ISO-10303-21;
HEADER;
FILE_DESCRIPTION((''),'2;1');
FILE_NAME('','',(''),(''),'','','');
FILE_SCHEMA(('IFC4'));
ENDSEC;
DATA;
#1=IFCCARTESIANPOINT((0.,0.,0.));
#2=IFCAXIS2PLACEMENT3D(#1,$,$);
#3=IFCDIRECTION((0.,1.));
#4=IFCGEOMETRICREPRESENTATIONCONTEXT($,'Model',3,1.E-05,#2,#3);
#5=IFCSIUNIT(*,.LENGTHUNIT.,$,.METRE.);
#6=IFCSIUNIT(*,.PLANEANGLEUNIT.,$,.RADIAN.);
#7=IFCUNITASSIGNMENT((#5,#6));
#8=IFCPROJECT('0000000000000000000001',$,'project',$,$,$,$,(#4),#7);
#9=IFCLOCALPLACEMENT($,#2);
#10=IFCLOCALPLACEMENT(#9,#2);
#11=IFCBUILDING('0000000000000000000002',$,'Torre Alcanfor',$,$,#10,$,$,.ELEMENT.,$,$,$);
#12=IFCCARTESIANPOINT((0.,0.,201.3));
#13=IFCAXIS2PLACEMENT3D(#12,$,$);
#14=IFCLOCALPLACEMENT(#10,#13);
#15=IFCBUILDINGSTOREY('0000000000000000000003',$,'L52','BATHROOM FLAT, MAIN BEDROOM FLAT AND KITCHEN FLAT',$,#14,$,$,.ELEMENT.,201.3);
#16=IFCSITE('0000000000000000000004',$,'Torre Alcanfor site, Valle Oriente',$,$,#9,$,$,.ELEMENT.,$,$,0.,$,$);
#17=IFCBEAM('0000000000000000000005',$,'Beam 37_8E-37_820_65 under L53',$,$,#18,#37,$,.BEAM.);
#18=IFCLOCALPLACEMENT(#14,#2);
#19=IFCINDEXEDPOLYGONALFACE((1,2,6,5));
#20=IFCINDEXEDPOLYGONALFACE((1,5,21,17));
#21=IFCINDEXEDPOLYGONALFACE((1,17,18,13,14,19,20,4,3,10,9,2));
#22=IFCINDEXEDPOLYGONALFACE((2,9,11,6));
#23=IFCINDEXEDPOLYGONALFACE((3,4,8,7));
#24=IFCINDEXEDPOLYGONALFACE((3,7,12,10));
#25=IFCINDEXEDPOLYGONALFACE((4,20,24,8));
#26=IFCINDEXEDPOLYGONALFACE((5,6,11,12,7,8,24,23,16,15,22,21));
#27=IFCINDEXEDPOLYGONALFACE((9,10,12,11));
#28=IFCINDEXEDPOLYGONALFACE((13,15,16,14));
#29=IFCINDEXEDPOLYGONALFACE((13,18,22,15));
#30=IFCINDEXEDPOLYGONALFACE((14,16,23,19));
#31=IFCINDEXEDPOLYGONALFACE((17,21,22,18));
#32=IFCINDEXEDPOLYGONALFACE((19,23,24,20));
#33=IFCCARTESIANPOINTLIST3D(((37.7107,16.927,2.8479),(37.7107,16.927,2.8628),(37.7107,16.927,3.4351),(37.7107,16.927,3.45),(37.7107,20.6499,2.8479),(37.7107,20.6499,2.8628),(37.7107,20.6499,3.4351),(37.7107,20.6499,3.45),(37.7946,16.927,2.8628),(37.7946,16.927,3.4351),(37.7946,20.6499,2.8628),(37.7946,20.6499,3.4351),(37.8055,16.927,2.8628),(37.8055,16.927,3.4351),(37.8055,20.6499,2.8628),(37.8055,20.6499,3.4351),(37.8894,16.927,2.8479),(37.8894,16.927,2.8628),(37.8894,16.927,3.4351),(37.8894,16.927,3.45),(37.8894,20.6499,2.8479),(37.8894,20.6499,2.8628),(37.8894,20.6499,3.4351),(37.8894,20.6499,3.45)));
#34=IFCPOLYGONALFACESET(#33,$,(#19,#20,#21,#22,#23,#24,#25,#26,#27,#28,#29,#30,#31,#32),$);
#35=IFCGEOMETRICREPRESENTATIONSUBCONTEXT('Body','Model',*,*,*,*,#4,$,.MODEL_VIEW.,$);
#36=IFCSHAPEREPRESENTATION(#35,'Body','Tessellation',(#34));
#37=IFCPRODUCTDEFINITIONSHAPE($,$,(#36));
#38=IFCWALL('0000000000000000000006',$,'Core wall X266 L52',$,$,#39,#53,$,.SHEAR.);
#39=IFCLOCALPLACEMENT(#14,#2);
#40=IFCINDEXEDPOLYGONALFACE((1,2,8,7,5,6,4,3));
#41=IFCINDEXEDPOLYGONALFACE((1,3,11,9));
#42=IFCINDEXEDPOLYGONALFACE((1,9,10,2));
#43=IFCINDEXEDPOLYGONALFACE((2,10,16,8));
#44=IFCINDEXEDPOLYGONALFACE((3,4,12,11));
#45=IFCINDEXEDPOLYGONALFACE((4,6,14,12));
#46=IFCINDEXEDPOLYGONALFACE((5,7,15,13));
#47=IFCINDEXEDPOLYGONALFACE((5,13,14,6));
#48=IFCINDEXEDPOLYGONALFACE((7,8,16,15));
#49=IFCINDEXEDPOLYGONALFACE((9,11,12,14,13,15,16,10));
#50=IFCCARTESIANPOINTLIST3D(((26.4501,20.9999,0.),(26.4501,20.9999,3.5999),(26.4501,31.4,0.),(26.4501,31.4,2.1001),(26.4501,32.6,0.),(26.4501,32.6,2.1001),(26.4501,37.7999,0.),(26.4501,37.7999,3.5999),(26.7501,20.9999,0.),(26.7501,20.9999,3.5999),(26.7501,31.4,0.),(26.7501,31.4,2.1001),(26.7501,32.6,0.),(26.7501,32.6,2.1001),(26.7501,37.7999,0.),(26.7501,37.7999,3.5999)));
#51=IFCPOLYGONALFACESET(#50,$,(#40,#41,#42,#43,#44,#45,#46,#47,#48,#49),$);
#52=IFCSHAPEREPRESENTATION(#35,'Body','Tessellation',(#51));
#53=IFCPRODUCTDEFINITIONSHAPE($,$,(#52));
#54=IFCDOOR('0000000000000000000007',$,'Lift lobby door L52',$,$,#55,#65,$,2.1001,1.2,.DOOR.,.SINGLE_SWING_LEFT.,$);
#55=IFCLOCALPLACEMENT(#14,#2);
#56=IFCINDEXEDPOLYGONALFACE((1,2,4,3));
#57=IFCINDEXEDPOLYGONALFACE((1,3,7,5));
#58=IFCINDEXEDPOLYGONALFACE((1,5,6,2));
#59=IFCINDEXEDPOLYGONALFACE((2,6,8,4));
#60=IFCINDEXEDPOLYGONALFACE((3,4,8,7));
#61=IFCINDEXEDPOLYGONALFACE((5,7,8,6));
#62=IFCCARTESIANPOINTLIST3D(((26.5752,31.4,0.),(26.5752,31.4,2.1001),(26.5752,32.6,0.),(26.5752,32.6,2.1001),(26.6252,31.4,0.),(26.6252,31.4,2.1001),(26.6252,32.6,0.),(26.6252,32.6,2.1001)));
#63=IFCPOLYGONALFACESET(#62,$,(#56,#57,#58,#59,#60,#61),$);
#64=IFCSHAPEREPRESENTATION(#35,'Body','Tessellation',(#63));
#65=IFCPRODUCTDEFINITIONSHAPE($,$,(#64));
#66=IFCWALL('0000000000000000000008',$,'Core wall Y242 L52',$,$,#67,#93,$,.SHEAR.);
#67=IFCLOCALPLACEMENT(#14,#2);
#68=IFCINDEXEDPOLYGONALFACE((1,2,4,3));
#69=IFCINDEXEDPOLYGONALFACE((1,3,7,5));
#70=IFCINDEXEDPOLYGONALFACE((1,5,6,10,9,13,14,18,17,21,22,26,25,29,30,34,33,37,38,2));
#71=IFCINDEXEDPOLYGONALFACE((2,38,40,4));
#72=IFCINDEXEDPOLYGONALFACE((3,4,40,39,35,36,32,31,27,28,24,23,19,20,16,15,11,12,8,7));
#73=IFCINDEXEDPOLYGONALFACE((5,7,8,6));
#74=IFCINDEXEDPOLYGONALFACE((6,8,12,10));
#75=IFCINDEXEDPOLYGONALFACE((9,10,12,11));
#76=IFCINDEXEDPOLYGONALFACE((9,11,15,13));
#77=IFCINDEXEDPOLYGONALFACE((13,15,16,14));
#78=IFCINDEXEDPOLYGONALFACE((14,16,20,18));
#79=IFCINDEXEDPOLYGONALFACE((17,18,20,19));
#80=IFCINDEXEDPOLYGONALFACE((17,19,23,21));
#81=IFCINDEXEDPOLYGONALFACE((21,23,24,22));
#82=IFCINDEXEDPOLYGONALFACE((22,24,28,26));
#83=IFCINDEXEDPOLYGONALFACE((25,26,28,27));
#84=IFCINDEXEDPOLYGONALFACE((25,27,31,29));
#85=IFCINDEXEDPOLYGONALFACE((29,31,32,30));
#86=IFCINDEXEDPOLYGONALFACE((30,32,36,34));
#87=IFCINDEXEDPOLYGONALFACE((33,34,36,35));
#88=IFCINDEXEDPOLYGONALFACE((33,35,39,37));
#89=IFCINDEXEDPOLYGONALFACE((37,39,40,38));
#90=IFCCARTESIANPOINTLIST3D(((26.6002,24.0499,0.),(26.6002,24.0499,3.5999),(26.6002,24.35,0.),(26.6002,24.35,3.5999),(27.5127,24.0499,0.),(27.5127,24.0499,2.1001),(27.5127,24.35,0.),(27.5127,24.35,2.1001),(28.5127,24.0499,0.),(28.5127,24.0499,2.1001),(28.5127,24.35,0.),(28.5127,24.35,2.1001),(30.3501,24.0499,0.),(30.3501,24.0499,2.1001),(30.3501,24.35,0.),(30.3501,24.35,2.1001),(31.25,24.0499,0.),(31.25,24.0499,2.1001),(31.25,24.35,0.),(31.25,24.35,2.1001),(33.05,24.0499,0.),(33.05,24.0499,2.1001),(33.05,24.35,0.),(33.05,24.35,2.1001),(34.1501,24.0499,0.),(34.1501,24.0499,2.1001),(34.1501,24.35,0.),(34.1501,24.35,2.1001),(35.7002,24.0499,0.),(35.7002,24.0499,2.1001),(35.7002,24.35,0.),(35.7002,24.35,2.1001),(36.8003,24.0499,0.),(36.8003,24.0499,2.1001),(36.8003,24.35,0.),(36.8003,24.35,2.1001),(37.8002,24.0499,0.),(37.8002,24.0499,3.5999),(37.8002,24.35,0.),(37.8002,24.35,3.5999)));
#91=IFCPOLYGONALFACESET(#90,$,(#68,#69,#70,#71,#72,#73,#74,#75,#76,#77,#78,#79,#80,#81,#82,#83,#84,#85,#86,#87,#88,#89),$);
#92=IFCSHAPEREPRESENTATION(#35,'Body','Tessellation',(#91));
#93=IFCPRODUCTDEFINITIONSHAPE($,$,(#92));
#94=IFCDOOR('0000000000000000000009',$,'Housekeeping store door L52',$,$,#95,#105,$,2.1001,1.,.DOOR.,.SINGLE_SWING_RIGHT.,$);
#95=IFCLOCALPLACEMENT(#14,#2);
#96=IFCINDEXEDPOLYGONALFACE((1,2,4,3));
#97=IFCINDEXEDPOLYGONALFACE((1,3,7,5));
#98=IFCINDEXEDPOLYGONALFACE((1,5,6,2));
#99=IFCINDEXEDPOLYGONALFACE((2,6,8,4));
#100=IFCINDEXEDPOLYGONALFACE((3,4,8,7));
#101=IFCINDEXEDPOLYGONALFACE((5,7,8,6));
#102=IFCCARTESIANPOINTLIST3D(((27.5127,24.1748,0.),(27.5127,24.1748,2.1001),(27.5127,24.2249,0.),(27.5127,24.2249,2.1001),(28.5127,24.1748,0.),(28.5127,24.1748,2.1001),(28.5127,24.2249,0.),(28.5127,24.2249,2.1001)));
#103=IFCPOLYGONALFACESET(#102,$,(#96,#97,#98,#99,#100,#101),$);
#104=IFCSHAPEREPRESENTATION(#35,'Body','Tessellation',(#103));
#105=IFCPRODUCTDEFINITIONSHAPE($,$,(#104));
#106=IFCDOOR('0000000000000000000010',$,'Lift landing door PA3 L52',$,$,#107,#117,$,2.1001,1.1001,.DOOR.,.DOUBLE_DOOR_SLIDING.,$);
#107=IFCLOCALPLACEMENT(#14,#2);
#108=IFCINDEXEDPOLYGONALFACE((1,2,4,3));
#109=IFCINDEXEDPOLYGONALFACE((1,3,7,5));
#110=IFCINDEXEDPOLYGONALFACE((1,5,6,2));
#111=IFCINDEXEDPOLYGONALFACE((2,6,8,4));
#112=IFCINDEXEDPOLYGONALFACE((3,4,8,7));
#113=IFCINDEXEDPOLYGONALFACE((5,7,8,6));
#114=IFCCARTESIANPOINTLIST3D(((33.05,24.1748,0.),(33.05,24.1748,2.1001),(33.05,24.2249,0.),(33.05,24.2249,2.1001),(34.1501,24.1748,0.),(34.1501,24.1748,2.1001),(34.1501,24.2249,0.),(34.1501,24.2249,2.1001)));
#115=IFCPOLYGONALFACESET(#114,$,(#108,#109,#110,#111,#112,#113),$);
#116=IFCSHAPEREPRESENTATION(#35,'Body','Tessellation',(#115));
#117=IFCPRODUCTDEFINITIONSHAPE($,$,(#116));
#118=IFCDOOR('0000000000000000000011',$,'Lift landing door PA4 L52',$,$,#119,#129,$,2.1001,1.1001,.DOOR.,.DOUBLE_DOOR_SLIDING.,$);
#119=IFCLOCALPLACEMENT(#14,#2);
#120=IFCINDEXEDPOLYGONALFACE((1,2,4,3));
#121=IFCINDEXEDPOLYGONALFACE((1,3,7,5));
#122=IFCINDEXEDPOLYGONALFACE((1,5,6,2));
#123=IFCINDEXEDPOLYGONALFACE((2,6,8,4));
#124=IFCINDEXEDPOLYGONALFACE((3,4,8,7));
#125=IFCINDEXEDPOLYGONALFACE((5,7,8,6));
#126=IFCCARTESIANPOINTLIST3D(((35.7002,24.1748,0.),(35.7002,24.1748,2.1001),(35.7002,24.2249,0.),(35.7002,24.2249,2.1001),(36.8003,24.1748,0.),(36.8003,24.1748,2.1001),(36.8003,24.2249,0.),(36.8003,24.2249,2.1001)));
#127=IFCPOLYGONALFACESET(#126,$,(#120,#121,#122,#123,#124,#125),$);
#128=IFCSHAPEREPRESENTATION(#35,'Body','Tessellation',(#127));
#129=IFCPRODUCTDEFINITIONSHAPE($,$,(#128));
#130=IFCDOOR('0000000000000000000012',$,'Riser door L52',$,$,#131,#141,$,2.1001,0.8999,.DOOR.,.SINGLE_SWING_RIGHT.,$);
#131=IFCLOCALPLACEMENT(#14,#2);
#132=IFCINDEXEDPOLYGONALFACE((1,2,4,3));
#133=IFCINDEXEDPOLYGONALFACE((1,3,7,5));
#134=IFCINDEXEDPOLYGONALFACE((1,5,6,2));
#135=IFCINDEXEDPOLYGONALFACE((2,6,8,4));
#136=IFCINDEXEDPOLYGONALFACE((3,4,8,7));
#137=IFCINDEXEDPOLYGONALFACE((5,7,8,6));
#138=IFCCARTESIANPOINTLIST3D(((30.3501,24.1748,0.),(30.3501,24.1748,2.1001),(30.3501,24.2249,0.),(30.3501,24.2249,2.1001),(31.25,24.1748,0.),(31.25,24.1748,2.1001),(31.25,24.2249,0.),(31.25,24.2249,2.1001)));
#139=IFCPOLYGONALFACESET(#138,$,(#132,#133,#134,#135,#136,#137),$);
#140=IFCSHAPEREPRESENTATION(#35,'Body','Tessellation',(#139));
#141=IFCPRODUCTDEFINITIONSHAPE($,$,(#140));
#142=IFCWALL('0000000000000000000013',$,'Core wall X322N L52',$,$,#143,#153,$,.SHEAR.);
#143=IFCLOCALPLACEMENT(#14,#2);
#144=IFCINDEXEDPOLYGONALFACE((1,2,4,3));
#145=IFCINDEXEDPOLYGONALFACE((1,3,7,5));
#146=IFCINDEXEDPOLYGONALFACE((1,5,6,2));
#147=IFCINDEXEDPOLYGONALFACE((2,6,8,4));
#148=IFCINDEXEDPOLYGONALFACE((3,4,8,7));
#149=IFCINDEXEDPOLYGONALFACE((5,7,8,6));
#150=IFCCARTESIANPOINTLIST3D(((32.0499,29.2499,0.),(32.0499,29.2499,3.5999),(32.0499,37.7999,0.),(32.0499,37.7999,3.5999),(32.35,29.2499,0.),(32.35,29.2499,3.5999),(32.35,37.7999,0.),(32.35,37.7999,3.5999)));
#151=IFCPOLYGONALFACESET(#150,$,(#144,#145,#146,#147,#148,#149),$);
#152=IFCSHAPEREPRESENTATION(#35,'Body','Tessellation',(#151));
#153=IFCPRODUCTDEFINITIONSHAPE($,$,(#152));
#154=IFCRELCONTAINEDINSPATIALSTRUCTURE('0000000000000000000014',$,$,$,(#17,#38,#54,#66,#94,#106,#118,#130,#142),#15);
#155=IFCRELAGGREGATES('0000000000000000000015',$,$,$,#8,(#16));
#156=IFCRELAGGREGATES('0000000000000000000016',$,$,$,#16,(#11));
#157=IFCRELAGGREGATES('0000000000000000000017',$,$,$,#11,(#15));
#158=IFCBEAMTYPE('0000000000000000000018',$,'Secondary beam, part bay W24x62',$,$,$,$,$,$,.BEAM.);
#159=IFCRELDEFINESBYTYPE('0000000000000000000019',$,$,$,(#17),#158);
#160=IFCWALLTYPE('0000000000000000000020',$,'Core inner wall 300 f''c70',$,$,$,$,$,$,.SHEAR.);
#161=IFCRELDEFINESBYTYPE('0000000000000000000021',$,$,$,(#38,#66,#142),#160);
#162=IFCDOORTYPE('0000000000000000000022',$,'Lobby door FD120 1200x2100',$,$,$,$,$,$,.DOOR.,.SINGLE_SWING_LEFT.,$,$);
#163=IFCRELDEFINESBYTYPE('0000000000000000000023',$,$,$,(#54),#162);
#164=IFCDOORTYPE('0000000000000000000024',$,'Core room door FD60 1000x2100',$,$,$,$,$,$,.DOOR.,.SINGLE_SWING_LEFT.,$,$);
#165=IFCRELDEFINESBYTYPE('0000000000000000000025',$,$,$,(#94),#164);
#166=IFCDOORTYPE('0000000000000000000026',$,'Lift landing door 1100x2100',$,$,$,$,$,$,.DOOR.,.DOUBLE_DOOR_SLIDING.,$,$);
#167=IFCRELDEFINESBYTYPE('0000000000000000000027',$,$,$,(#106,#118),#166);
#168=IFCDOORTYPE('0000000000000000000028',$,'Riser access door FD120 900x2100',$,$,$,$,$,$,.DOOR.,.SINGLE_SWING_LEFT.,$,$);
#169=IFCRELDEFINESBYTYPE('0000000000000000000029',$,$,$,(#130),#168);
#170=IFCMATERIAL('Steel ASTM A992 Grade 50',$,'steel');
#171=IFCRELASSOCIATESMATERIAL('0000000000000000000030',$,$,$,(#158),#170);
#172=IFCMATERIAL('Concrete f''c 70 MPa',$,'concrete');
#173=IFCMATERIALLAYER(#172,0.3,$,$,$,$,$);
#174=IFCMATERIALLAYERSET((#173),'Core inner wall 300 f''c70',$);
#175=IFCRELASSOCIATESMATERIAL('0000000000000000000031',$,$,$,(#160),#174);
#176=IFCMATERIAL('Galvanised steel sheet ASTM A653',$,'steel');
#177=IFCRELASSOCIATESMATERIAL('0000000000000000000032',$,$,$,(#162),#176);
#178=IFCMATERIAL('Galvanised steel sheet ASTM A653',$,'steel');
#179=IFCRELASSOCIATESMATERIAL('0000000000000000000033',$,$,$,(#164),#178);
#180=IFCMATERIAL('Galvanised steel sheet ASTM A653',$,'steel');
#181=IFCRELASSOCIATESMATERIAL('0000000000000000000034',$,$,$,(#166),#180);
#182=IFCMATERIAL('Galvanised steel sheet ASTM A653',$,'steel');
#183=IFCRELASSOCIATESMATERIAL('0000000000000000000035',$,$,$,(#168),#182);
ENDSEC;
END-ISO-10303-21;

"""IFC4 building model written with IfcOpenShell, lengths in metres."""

from ifc_helpers import new_model, si_unit, direction, frame, frame_2d, origin, origin_2d, place, context, subcontext, project, spatial, rectangle, i_section, extrude, material, layer, layer_set, material_profile, profile_set, type_object, element, fill, save


model = new_model("IFC4")

# Units and contexts
model_context = context("Model", 3, precision=1e-05, world=origin(), true_north=direction((0.0, 1.0)))
body_context = subcontext(model_context, "Body", "Model", "MODEL_VIEW")
ifc_project = project(units=[si_unit("LENGTHUNIT", "METRE"), si_unit("PLANEANGLEUNIT", "RADIAN")], contexts=[model_context])

# Site, building, storey
site_placement = place(None, origin())
site = spatial("IfcSite", under=ifc_project, at=site_placement, Name="Torre Alcanfor site, Valle Oriente", CompositionType="ELEMENT", RefElevation=0.0)
building_placement = place(site_placement, origin())
building = spatial("IfcBuilding", under=site, at=building_placement, Name="Torre Alcanfor", CompositionType="ELEMENT")
storey_placement = place(building_placement, frame((0.0, 0.0, 201.3)))
storey = spatial("IfcBuildingStorey", under=building, at=storey_placement, Name="L52", Description="BATHROOM FLAT, MAIN BEDROOM FLAT AND KITCHEN FLAT", CompositionType="ELEMENT", Elevation=201.3)

# Beam
ifc_material_1 = material(Name="Steel ASTM A992 Grade 50", Category="steel")
ifc_material_profile = material_profile(ifc_material_1, i_section(OverallWidth=0.1787, OverallDepth=0.6021, WebThickness=0.011, FlangeThickness=0.0149, at=origin_2d()), Name="W24x62")
ifc_profile_set = profile_set([ifc_material_profile], Name="Steel ASTM A992 Grade 50")
beam_type = type_object("IfcBeamType", Name="Secondary beam, part bay W24x62", PredefinedType="BEAM", material=ifc_profile_set)
beam_placement = place(storey_placement, frame((37.8, 16.927, 3.1489), z_axis=(0.0, 1.0, 0.0), x_axis=(-1.0, 0.0, 0.0)))
element("IfcBeam", 1, at=beam_placement, inside=storey, type_object=beam_type, Name="Beam 37_8E-37_820_65 under L53", PredefinedType="BEAM", context=body_context, shape_type="SweptSolid", body=[
    extrude(i_section(OverallWidth=0.1787, OverallDepth=0.6021, WebThickness=0.011, FlangeThickness=0.0149, at=origin_2d()), origin(), (0.0, 0.0, 1.0), 3.7229),
])

# Wall, opening, door
ifc_material_2 = material(Name="Concrete f'c 70 MPa", Category="concrete")
ifc_layer_1 = layer(ifc_material_2, 0.3)
ifc_layer_set_1 = layer_set([ifc_layer_1], Name="Core inner wall 300 f'c70")
wall_type_1 = type_object("IfcWallType", Name="Core inner wall 300 f'c70", PredefinedType="SHEAR", material=ifc_layer_set_1)
wall_1_placement = place(storey_placement, frame((26.6001, 21.0, 0.0), z_axis=(0.0, 0.0, 1.0), x_axis=(0.0, 1.0, 0.0)))
wall_1 = element("IfcWall", 2, at=wall_1_placement, inside=storey, type_object=wall_type_1, Name="Core wall X266 L52", PredefinedType="SHEAR", context=body_context, shape_type="SweptSolid", body=[
    extrude(rectangle(XDim=16.8, YDim=0.3, at=frame_2d((8.3999, 0.0))), origin(), (0.0, 0.0, 1.0), 3.5999),
])
opening_1_placement = place(wall_1_placement, frame((10.3999, 0.0, 0.0)))
opening_1 = element("IfcOpeningElement", 3, at=opening_1_placement, cuts=wall_1, PredefinedType="OPENING", context=body_context, shape_type="SweptSolid", body=[
    extrude(rectangle(XDim=1.2, YDim=2.1001, at=frame_2d((0.6001, 1.05))), frame((0.0, 0.1599, 0.0), z_axis=(0.0, -1.0, 0.0), x_axis=(1.0, 0.0, 0.0)), (0.0, 0.0, 1.0), 0.3201),
])
ifc_material_3 = material(Name="Galvanised steel sheet ASTM A653", Category="steel")
door_type_1 = type_object("IfcDoorType", Name="Lobby door FD120 1200x2100", OperationType="SINGLE_SWING_LEFT", PredefinedType="DOOR", material=ifc_material_3)
door_1_placement = place(opening_1_placement, origin())
door_1 = element("IfcDoor", 4, at=door_1_placement, inside=storey, type_object=door_type_1, Name="Lift lobby door L52", OperationType="SINGLE_SWING_LEFT", OverallHeight=2.1001, OverallWidth=1.2, PredefinedType="DOOR", context=body_context, shape_type="SweptSolid", body=[
    extrude(rectangle(XDim=1.2, YDim=2.1001, at=frame_2d((0.6001, 1.05))), frame((0.0, 0.0249, 0.0), z_axis=(0.0, -1.0, 0.0), x_axis=(1.0, 0.0, 0.0)), (0.0, 0.0, 1.0), 0.05),
])
fill(opening_1, door_1)

# Wall, openings, doors
wall_2_placement = place(storey_placement, frame((26.6001, 24.2, 0.0), z_axis=(0.0, 0.0, 1.0), x_axis=(1.0, 0.0, 0.0)))
wall_2 = element("IfcWall", 5, at=wall_2_placement, inside=storey, type_object=wall_type_1, Name="Core wall Y242 L52", PredefinedType="SHEAR", context=body_context, shape_type="SweptSolid", body=[
    extrude(rectangle(XDim=11.2, YDim=0.3, at=frame_2d((5.6001, 0.0))), origin(), (0.0, 0.0, 1.0), 3.5999),
])
opening_2_placement = place(wall_2_placement, frame((0.9126, 0.0, 0.0)))
opening_2 = element("IfcOpeningElement", 6, at=opening_2_placement, cuts=wall_2, PredefinedType="OPENING", context=body_context, shape_type="SweptSolid", body=[
    extrude(rectangle(XDim=1.0, YDim=2.1001, at=frame_2d((0.5, 1.05))), frame((0.0, 0.1599, 0.0), z_axis=(0.0, -1.0, 0.0), x_axis=(1.0, 0.0, 0.0)), (0.0, 0.0, 1.0), 0.3201),
])
opening_3_placement = place(wall_2_placement, frame((3.75, 0.0, 0.0)))
opening_3 = element("IfcOpeningElement", 7, at=opening_3_placement, cuts=wall_2, PredefinedType="OPENING", context=body_context, shape_type="SweptSolid", body=[
    extrude(rectangle(XDim=0.8999, YDim=2.1001, at=frame_2d((0.45, 1.05))), frame((0.0, 0.1599, 0.0), z_axis=(0.0, -1.0, 0.0), x_axis=(1.0, 0.0, 0.0)), (0.0, 0.0, 1.0), 0.3201),
])
opening_4_placement = place(wall_2_placement, frame((6.45, 0.0, 0.0)))
opening_4 = element("IfcOpeningElement", 8, at=opening_4_placement, cuts=wall_2, PredefinedType="OPENING", context=body_context, shape_type="SweptSolid", body=[
    extrude(rectangle(XDim=1.1001, YDim=2.1001, at=frame_2d((0.55, 1.05))), frame((0.0, 0.1599, 0.0), z_axis=(0.0, -1.0, 0.0), x_axis=(1.0, 0.0, 0.0)), (0.0, 0.0, 1.0), 0.3201),
])
opening_5_placement = place(wall_2_placement, frame((9.1001, 0.0, 0.0)))
opening_5 = element("IfcOpeningElement", 9, at=opening_5_placement, cuts=wall_2, PredefinedType="OPENING", context=body_context, shape_type="SweptSolid", body=[
    extrude(rectangle(XDim=1.1001, YDim=2.1001, at=frame_2d((0.55, 1.05))), frame((0.0, 0.1599, 0.0), z_axis=(0.0, -1.0, 0.0), x_axis=(1.0, 0.0, 0.0)), (0.0, 0.0, 1.0), 0.3201),
])
ifc_material_4 = material(Name="Galvanised steel sheet ASTM A653", Category="steel")
door_type_2 = type_object("IfcDoorType", Name="Core room door FD60 1000x2100", OperationType="SINGLE_SWING_LEFT", PredefinedType="DOOR", material=ifc_material_4)
door_2_placement = place(opening_2_placement, frame((1.0, 0.0, 0.0), z_axis=(0.0, 0.0, 1.0), x_axis=(-1.0, 0.0, 0.0)))
door_2 = element("IfcDoor", 10, at=door_2_placement, inside=storey, type_object=door_type_2, Name="Housekeeping store door L52", OperationType="SINGLE_SWING_RIGHT", OverallHeight=2.1001, OverallWidth=1.0, PredefinedType="DOOR", context=body_context, shape_type="SweptSolid", body=[
    extrude(rectangle(XDim=1.0, YDim=2.1001, at=frame_2d((0.5, 1.05))), frame((0.0, 0.0251, 0.0), z_axis=(0.0, -1.0, 0.0), x_axis=(1.0, 0.0, 0.0)), (0.0, 0.0, 1.0), 0.05),
])
fill(opening_2, door_2)
ifc_material_5 = material(Name="Galvanised steel sheet ASTM A653", Category="steel")
door_type_3 = type_object("IfcDoorType", Name="Lift landing door 1100x2100", OperationType="DOUBLE_DOOR_SLIDING", PredefinedType="DOOR", material=ifc_material_5)
door_3_placement = place(opening_4_placement, origin())
door_3 = element("IfcDoor", 11, at=door_3_placement, inside=storey, type_object=door_type_3, Name="Lift landing door PA3 L52", OperationType="DOUBLE_DOOR_SLIDING", OverallHeight=2.1001, OverallWidth=1.1001, PredefinedType="DOOR", context=body_context, shape_type="SweptSolid", body=[
    extrude(rectangle(XDim=1.1001, YDim=2.1001, at=frame_2d((0.55, 1.05))), frame((0.0, 0.0249, 0.0), z_axis=(0.0, -1.0, 0.0), x_axis=(1.0, 0.0, 0.0)), (0.0, 0.0, 1.0), 0.05),
])
fill(opening_4, door_3)
door_4_placement = place(opening_5_placement, origin())
door_4 = element("IfcDoor", 12, at=door_4_placement, inside=storey, type_object=door_type_3, Name="Lift landing door PA4 L52", OperationType="DOUBLE_DOOR_SLIDING", OverallHeight=2.1001, OverallWidth=1.1001, PredefinedType="DOOR", context=body_context, shape_type="SweptSolid", body=[
    extrude(rectangle(XDim=1.1001, YDim=2.1001, at=frame_2d((0.55, 1.05))), frame((0.0, 0.0249, 0.0), z_axis=(0.0, -1.0, 0.0), x_axis=(1.0, 0.0, 0.0)), (0.0, 0.0, 1.0), 0.05),
])
fill(opening_5, door_4)
ifc_material_6 = material(Name="Galvanised steel sheet ASTM A653", Category="steel")
door_type_4 = type_object("IfcDoorType", Name="Riser access door FD120 900x2100", OperationType="SINGLE_SWING_LEFT", PredefinedType="DOOR", material=ifc_material_6)
door_5_placement = place(opening_3_placement, frame((0.8999, 0.0, 0.0), z_axis=(0.0, 0.0, 1.0), x_axis=(-1.0, 0.0, 0.0)))
door_5 = element("IfcDoor", 13, at=door_5_placement, inside=storey, type_object=door_type_4, Name="Riser door L52", OperationType="SINGLE_SWING_RIGHT", OverallHeight=2.1001, OverallWidth=0.8999, PredefinedType="DOOR", context=body_context, shape_type="SweptSolid", body=[
    extrude(rectangle(XDim=0.8999, YDim=2.1001, at=frame_2d((0.45, 1.05))), frame((0.0, 0.0251, 0.0), z_axis=(0.0, -1.0, 0.0), x_axis=(1.0, 0.0, 0.0)), (0.0, 0.0, 1.0), 0.05),
])
fill(opening_3, door_5)

# Wall
wall_3_placement = place(storey_placement, frame((32.2, 29.25, 0.0), z_axis=(0.0, 0.0, 1.0), x_axis=(0.0, 1.0, 0.0)))
element("IfcWall", 14, at=wall_3_placement, inside=storey, type_object=wall_type_1, Name="Core wall X322N L52", PredefinedType="SHEAR", context=body_context, shape_type="SweptSolid", body=[
    extrude(rectangle(XDim=8.55, YDim=0.3, at=frame_2d((4.2749, 0.0))), origin(), (0.0, 0.0, 1.0), 3.5999),
])

save(model, "model.ifc")
